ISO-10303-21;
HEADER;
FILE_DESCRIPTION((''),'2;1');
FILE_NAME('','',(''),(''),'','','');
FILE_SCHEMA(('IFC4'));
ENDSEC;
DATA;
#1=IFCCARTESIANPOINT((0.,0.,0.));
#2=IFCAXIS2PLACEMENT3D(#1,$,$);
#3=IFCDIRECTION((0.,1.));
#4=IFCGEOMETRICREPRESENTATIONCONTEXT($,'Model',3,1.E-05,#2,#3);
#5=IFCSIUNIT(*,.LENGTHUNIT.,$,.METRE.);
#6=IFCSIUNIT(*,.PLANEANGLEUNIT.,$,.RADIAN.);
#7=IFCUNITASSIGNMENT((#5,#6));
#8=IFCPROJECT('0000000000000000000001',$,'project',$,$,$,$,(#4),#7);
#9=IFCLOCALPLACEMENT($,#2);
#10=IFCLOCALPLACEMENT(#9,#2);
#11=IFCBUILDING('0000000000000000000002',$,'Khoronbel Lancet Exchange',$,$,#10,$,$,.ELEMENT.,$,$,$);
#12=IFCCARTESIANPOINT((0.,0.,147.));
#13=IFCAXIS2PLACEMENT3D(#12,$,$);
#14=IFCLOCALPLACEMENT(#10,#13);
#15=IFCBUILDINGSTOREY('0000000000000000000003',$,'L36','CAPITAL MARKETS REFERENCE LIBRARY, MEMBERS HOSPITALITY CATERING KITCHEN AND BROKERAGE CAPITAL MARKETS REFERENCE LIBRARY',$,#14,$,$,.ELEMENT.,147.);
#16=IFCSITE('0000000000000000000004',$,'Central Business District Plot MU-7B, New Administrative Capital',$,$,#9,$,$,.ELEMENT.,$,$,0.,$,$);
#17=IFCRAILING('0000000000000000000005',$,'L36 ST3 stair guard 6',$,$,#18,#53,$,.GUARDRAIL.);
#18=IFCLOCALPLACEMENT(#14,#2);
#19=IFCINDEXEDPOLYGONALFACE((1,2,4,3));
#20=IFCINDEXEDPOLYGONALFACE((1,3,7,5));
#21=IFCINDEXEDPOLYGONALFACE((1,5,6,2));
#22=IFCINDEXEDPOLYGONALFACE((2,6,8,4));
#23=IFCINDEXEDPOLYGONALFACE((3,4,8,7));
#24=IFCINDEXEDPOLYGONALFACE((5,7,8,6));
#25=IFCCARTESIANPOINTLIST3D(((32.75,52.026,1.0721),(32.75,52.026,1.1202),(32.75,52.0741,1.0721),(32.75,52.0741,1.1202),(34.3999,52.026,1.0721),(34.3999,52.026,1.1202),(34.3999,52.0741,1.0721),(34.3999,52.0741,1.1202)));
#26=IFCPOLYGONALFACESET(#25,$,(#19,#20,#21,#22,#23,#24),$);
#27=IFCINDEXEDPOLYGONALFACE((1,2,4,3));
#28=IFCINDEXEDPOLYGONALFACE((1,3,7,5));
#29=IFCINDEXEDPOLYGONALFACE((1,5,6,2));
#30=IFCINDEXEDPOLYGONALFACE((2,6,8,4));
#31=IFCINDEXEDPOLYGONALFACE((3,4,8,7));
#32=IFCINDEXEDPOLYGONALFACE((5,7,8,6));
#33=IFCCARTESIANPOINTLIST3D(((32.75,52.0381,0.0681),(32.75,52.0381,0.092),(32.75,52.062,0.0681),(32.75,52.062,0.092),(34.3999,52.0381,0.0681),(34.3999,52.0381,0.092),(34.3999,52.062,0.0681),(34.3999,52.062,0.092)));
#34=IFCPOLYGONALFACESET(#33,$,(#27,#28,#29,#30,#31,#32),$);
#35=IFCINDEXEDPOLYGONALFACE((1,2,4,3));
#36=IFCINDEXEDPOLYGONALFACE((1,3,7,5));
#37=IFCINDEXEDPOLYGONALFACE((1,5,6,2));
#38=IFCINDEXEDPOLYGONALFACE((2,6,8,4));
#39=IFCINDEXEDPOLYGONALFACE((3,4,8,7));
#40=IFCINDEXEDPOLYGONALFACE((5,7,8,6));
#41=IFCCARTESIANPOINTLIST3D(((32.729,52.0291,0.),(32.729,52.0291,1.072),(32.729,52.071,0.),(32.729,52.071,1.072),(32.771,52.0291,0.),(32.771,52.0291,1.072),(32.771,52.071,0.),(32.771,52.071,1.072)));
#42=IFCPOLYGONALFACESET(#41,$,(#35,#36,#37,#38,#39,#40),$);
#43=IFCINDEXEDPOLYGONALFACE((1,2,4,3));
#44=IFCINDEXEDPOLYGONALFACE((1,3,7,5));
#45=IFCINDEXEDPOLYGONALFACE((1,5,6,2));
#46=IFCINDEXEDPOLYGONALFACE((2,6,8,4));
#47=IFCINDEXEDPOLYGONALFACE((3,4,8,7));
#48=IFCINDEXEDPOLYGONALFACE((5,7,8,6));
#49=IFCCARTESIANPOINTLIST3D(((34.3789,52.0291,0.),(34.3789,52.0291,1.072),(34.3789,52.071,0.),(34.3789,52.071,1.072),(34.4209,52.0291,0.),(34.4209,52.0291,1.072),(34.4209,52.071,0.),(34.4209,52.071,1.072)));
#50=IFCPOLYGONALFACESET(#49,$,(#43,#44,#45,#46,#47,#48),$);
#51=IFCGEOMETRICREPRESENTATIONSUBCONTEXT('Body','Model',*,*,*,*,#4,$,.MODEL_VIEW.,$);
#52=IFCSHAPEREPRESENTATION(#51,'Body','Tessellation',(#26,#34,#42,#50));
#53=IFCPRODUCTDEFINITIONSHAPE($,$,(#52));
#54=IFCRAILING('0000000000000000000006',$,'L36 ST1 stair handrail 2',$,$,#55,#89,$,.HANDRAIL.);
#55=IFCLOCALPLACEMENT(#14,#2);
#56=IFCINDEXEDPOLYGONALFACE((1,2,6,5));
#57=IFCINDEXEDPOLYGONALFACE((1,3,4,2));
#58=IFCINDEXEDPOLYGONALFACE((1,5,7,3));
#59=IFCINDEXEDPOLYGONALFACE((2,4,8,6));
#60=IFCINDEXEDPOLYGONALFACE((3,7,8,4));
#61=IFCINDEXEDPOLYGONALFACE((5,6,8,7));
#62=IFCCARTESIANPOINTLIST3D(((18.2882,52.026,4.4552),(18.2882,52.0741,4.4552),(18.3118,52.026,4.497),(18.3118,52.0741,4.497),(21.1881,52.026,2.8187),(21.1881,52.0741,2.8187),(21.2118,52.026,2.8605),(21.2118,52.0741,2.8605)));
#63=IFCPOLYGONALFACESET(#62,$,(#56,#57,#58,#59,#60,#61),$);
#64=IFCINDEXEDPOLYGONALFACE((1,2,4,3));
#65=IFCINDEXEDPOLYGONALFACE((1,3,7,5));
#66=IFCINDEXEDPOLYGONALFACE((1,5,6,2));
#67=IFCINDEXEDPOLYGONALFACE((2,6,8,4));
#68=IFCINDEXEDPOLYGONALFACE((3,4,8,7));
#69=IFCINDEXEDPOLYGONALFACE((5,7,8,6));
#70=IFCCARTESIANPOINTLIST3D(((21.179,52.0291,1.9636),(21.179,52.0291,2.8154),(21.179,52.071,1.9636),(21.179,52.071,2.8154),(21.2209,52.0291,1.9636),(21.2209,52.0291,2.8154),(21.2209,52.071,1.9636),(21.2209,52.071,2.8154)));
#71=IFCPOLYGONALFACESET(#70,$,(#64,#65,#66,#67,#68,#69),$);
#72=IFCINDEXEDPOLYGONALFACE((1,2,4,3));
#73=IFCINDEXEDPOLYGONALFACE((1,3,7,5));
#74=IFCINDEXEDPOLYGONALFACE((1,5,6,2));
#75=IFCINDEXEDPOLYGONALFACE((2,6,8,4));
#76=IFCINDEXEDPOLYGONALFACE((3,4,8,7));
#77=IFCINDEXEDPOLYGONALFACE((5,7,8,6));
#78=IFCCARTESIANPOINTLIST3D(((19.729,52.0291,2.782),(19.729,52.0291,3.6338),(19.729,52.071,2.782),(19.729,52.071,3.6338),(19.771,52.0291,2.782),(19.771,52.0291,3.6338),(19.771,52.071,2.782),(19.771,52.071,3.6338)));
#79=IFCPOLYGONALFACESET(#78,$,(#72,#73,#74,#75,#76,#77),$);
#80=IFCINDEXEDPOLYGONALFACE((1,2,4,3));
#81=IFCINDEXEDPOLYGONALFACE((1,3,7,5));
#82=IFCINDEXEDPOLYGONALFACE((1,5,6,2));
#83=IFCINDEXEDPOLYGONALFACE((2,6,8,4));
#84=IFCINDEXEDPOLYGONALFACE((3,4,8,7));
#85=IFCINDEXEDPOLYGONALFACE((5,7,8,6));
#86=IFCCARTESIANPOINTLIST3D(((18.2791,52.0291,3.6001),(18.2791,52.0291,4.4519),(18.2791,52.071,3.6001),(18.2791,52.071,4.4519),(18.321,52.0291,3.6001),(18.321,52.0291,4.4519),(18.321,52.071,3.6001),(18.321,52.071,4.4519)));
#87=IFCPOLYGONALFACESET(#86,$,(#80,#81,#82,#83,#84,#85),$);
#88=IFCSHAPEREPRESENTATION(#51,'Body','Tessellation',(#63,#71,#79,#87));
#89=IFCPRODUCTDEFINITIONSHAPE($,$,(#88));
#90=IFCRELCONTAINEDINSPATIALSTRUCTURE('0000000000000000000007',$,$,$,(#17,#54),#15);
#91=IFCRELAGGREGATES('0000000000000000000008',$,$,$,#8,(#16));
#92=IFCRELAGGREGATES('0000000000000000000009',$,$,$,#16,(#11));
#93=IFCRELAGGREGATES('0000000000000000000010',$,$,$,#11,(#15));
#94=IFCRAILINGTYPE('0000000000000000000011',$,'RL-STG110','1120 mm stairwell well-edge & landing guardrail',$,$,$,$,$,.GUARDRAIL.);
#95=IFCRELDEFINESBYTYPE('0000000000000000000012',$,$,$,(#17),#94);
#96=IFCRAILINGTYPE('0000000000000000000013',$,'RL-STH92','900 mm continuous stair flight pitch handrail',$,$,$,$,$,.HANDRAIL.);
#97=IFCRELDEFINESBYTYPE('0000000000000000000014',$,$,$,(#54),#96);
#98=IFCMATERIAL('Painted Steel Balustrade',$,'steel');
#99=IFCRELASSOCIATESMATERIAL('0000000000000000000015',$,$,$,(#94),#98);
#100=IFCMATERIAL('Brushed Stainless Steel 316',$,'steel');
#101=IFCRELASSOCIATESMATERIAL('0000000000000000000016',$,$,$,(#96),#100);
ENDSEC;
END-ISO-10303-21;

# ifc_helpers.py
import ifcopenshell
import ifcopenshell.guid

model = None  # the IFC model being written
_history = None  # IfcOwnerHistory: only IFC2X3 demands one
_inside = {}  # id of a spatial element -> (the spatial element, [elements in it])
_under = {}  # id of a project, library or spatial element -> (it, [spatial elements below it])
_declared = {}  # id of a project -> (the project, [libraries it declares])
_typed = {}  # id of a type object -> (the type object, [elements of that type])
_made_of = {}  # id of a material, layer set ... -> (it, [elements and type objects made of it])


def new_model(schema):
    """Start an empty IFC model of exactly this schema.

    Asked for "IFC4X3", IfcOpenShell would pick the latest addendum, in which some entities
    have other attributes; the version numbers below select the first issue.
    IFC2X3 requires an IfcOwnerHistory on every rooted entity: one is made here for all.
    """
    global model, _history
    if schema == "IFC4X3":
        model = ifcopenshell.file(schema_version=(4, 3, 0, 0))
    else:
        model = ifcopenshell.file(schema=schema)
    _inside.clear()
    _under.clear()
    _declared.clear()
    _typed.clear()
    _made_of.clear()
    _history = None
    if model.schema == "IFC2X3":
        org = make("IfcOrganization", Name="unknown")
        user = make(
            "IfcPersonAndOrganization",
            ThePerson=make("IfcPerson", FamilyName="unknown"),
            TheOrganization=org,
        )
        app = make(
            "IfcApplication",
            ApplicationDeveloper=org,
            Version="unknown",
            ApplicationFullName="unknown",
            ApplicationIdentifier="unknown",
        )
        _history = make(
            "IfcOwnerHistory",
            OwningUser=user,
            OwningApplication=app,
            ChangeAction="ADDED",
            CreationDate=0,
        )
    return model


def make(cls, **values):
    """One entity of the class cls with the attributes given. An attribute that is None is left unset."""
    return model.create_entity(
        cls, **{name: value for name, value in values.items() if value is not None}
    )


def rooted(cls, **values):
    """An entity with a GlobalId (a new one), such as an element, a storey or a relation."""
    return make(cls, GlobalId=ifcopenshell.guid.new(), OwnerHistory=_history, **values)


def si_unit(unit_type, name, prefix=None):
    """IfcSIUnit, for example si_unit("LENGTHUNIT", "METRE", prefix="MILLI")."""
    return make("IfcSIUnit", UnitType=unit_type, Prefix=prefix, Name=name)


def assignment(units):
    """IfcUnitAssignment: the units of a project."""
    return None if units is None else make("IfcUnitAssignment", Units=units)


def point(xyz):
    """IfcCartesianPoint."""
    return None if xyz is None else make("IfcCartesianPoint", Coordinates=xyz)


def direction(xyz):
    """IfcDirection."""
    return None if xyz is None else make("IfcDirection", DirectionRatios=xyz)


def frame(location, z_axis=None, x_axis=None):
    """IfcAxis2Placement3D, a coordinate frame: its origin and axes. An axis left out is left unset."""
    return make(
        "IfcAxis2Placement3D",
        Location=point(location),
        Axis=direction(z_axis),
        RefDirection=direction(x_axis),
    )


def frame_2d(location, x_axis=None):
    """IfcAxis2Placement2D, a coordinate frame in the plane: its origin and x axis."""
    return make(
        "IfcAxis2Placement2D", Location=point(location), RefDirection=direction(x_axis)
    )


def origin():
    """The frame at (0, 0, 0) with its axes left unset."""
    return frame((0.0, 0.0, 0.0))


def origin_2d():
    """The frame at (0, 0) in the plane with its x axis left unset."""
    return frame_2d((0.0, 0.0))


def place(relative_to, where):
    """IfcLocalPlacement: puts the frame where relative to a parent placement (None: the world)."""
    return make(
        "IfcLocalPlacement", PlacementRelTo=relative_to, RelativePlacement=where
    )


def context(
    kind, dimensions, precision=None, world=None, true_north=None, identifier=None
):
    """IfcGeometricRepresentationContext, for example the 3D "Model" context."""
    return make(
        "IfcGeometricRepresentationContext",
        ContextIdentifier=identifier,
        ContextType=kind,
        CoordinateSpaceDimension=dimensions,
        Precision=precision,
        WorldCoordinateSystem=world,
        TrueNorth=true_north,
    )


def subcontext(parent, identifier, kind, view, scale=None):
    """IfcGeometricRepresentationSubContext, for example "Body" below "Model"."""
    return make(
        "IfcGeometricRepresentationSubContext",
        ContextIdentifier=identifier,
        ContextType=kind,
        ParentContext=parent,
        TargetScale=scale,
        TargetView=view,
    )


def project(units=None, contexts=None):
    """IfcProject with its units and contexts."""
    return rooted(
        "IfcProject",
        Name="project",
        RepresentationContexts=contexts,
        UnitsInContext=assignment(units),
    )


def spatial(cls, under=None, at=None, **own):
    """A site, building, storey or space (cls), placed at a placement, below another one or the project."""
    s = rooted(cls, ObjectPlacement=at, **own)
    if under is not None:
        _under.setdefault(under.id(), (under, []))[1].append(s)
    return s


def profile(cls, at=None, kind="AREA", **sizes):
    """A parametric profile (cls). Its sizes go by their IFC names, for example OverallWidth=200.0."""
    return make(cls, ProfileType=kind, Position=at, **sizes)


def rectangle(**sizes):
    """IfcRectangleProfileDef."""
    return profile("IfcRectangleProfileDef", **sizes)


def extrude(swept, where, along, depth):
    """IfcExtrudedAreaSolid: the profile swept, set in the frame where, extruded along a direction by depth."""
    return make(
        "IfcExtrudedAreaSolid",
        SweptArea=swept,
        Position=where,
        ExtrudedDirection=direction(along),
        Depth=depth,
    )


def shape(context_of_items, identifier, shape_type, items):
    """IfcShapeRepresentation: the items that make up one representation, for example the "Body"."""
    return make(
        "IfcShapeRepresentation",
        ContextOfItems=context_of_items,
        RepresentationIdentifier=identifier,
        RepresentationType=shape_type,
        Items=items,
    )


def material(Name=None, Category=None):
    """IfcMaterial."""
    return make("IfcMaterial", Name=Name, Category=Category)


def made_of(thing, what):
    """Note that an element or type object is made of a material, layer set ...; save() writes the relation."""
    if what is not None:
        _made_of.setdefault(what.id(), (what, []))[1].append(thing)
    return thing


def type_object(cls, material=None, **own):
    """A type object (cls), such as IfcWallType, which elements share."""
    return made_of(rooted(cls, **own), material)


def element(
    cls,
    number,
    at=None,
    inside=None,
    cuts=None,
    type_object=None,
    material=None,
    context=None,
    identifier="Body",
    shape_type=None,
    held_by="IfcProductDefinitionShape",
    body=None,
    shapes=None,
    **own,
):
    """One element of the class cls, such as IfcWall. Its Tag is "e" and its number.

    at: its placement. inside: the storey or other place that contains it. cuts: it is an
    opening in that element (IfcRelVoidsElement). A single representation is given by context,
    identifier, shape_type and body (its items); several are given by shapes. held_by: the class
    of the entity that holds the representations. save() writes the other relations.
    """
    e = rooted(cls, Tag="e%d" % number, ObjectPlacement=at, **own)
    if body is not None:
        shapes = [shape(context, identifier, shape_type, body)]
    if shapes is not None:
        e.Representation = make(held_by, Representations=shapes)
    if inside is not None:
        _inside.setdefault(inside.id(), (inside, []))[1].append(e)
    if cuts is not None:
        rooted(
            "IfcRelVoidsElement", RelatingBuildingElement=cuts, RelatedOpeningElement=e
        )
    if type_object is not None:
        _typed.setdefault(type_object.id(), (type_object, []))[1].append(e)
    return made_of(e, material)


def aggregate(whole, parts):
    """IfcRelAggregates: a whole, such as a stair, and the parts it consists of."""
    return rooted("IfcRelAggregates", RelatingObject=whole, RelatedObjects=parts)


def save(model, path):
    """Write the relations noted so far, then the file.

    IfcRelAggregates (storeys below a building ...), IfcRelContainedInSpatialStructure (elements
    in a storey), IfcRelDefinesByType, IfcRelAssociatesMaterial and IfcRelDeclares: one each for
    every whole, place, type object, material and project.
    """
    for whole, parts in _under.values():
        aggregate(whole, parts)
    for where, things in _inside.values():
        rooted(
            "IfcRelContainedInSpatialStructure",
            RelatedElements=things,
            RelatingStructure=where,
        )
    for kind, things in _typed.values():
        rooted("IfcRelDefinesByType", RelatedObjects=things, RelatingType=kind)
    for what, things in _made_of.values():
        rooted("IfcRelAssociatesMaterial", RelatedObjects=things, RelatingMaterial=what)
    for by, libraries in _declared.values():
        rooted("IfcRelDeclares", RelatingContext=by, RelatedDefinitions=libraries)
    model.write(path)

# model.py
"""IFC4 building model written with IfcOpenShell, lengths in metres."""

from ifc_helpers import new_model, si_unit, direction, frame, origin, origin_2d, place, context, subcontext, project, spatial, rectangle, extrude, material, type_object, element, save


model = new_model("IFC4")

# Units and contexts
model_context = context("Model", 3, precision=1e-05, world=origin(), true_north=direction((0.0, 1.0)))
body_context = subcontext(model_context, "Body", "Model", "MODEL_VIEW")
ifc_project = project(units=[si_unit("LENGTHUNIT", "METRE"), si_unit("PLANEANGLEUNIT", "RADIAN")], contexts=[model_context])

# Site, building, storey
site_placement = place(None, origin())
site = spatial("IfcSite", under=ifc_project, at=site_placement, Name="Central Business District Plot MU-7B, New Administrative Capital", CompositionType="ELEMENT", RefElevation=0.0)
building_placement = place(site_placement, origin())
building = spatial("IfcBuilding", under=site, at=building_placement, Name="Khoronbel Lancet Exchange", CompositionType="ELEMENT")
storey_placement = place(building_placement, frame((0.0, 0.0, 147.0)))
storey = spatial("IfcBuildingStorey", under=building, at=storey_placement, Name="L36", Description="CAPITAL MARKETS REFERENCE LIBRARY, MEMBERS HOSPITALITY CATERING KITCHEN AND BROKERAGE CAPITAL MARKETS REFERENCE LIBRARY", CompositionType="ELEMENT", Elevation=147.0)

# Railings
ifc_material_1 = material(Name="Painted Steel Balustrade", Category="steel")
railing_type_1 = type_object("IfcRailingType", Name="RL-STG110", Description="1120 mm stairwell well-edge & landing guardrail", PredefinedType="GUARDRAIL", material=ifc_material_1)
railing_1_placement = place(storey_placement, frame((32.75, 52.05, 0.0)))
element("IfcRailing", 1, at=railing_1_placement, inside=storey, type_object=railing_type_1, Name="L36 ST3 stair guard 6", PredefinedType="GUARDRAIL", context=body_context, shape_type="SweptSolid", body=[
    extrude(rectangle(XDim=0.0481, YDim=0.0481, at=origin_2d()), frame((0.0, 0.0, 1.0962), z_axis=(1.0, 0.0, 0.0), x_axis=(0.0, 1.0, 0.0)), (0.0, 0.0, 1.0), 1.6499),
    extrude(rectangle(XDim=0.0239, YDim=0.0239, at=origin_2d()), frame((0.0, 0.0, 0.0801), z_axis=(1.0, 0.0, 0.0), x_axis=(0.0, 1.0, 0.0)), (0.0, 0.0, 1.0), 1.6499),
    extrude(rectangle(XDim=0.042, YDim=0.042, at=origin_2d()), origin(), (0.0, 0.0, 1.0), 1.072),
    extrude(rectangle(XDim=0.042, YDim=0.042, at=origin_2d()), frame((1.6499, 0.0, 0.0)), (0.0, 0.0, 1.0), 1.072),
])
ifc_material_2 = material(Name="Brushed Stainless Steel 316", Category="steel")
railing_type_2 = type_object("IfcRailingType", Name="RL-STH92", Description="900 mm continuous stair flight pitch handrail", PredefinedType="HANDRAIL", material=ifc_material_2)
railing_2_placement = place(storey_placement, frame((21.2, 52.05, 1.9636)))
element("IfcRailing", 2, at=railing_2_placement, inside=storey, type_object=railing_type_2, Name="L36 ST1 stair handrail 2", PredefinedType="HANDRAIL", context=body_context, shape_type="SweptSolid", body=[
    extrude(rectangle(XDim=0.0481, YDim=0.0481, at=origin_2d()), frame((0.0, 0.0, 0.876), z_axis=(-0.870897, 0.0, 0.491465), x_axis=(0.0, -1.0, 0.0)), (0.0, 0.0, 1.0), 3.3298),
    extrude(rectangle(XDim=0.042, YDim=0.042, at=origin_2d()), origin(), (0.0, 0.0, 1.0), 0.8518),
    extrude(rectangle(XDim=0.042, YDim=0.042, at=origin_2d()), frame((-1.45, 0.0, 0.8184)), (0.0, 0.0, 1.0), 0.8518),
    extrude(rectangle(XDim=0.042, YDim=0.042, at=origin_2d()), frame((-2.8999, 0.0, 1.6365)), (0.0, 0.0, 1.0), 0.8518),
])

save(model, "model.ifc")
